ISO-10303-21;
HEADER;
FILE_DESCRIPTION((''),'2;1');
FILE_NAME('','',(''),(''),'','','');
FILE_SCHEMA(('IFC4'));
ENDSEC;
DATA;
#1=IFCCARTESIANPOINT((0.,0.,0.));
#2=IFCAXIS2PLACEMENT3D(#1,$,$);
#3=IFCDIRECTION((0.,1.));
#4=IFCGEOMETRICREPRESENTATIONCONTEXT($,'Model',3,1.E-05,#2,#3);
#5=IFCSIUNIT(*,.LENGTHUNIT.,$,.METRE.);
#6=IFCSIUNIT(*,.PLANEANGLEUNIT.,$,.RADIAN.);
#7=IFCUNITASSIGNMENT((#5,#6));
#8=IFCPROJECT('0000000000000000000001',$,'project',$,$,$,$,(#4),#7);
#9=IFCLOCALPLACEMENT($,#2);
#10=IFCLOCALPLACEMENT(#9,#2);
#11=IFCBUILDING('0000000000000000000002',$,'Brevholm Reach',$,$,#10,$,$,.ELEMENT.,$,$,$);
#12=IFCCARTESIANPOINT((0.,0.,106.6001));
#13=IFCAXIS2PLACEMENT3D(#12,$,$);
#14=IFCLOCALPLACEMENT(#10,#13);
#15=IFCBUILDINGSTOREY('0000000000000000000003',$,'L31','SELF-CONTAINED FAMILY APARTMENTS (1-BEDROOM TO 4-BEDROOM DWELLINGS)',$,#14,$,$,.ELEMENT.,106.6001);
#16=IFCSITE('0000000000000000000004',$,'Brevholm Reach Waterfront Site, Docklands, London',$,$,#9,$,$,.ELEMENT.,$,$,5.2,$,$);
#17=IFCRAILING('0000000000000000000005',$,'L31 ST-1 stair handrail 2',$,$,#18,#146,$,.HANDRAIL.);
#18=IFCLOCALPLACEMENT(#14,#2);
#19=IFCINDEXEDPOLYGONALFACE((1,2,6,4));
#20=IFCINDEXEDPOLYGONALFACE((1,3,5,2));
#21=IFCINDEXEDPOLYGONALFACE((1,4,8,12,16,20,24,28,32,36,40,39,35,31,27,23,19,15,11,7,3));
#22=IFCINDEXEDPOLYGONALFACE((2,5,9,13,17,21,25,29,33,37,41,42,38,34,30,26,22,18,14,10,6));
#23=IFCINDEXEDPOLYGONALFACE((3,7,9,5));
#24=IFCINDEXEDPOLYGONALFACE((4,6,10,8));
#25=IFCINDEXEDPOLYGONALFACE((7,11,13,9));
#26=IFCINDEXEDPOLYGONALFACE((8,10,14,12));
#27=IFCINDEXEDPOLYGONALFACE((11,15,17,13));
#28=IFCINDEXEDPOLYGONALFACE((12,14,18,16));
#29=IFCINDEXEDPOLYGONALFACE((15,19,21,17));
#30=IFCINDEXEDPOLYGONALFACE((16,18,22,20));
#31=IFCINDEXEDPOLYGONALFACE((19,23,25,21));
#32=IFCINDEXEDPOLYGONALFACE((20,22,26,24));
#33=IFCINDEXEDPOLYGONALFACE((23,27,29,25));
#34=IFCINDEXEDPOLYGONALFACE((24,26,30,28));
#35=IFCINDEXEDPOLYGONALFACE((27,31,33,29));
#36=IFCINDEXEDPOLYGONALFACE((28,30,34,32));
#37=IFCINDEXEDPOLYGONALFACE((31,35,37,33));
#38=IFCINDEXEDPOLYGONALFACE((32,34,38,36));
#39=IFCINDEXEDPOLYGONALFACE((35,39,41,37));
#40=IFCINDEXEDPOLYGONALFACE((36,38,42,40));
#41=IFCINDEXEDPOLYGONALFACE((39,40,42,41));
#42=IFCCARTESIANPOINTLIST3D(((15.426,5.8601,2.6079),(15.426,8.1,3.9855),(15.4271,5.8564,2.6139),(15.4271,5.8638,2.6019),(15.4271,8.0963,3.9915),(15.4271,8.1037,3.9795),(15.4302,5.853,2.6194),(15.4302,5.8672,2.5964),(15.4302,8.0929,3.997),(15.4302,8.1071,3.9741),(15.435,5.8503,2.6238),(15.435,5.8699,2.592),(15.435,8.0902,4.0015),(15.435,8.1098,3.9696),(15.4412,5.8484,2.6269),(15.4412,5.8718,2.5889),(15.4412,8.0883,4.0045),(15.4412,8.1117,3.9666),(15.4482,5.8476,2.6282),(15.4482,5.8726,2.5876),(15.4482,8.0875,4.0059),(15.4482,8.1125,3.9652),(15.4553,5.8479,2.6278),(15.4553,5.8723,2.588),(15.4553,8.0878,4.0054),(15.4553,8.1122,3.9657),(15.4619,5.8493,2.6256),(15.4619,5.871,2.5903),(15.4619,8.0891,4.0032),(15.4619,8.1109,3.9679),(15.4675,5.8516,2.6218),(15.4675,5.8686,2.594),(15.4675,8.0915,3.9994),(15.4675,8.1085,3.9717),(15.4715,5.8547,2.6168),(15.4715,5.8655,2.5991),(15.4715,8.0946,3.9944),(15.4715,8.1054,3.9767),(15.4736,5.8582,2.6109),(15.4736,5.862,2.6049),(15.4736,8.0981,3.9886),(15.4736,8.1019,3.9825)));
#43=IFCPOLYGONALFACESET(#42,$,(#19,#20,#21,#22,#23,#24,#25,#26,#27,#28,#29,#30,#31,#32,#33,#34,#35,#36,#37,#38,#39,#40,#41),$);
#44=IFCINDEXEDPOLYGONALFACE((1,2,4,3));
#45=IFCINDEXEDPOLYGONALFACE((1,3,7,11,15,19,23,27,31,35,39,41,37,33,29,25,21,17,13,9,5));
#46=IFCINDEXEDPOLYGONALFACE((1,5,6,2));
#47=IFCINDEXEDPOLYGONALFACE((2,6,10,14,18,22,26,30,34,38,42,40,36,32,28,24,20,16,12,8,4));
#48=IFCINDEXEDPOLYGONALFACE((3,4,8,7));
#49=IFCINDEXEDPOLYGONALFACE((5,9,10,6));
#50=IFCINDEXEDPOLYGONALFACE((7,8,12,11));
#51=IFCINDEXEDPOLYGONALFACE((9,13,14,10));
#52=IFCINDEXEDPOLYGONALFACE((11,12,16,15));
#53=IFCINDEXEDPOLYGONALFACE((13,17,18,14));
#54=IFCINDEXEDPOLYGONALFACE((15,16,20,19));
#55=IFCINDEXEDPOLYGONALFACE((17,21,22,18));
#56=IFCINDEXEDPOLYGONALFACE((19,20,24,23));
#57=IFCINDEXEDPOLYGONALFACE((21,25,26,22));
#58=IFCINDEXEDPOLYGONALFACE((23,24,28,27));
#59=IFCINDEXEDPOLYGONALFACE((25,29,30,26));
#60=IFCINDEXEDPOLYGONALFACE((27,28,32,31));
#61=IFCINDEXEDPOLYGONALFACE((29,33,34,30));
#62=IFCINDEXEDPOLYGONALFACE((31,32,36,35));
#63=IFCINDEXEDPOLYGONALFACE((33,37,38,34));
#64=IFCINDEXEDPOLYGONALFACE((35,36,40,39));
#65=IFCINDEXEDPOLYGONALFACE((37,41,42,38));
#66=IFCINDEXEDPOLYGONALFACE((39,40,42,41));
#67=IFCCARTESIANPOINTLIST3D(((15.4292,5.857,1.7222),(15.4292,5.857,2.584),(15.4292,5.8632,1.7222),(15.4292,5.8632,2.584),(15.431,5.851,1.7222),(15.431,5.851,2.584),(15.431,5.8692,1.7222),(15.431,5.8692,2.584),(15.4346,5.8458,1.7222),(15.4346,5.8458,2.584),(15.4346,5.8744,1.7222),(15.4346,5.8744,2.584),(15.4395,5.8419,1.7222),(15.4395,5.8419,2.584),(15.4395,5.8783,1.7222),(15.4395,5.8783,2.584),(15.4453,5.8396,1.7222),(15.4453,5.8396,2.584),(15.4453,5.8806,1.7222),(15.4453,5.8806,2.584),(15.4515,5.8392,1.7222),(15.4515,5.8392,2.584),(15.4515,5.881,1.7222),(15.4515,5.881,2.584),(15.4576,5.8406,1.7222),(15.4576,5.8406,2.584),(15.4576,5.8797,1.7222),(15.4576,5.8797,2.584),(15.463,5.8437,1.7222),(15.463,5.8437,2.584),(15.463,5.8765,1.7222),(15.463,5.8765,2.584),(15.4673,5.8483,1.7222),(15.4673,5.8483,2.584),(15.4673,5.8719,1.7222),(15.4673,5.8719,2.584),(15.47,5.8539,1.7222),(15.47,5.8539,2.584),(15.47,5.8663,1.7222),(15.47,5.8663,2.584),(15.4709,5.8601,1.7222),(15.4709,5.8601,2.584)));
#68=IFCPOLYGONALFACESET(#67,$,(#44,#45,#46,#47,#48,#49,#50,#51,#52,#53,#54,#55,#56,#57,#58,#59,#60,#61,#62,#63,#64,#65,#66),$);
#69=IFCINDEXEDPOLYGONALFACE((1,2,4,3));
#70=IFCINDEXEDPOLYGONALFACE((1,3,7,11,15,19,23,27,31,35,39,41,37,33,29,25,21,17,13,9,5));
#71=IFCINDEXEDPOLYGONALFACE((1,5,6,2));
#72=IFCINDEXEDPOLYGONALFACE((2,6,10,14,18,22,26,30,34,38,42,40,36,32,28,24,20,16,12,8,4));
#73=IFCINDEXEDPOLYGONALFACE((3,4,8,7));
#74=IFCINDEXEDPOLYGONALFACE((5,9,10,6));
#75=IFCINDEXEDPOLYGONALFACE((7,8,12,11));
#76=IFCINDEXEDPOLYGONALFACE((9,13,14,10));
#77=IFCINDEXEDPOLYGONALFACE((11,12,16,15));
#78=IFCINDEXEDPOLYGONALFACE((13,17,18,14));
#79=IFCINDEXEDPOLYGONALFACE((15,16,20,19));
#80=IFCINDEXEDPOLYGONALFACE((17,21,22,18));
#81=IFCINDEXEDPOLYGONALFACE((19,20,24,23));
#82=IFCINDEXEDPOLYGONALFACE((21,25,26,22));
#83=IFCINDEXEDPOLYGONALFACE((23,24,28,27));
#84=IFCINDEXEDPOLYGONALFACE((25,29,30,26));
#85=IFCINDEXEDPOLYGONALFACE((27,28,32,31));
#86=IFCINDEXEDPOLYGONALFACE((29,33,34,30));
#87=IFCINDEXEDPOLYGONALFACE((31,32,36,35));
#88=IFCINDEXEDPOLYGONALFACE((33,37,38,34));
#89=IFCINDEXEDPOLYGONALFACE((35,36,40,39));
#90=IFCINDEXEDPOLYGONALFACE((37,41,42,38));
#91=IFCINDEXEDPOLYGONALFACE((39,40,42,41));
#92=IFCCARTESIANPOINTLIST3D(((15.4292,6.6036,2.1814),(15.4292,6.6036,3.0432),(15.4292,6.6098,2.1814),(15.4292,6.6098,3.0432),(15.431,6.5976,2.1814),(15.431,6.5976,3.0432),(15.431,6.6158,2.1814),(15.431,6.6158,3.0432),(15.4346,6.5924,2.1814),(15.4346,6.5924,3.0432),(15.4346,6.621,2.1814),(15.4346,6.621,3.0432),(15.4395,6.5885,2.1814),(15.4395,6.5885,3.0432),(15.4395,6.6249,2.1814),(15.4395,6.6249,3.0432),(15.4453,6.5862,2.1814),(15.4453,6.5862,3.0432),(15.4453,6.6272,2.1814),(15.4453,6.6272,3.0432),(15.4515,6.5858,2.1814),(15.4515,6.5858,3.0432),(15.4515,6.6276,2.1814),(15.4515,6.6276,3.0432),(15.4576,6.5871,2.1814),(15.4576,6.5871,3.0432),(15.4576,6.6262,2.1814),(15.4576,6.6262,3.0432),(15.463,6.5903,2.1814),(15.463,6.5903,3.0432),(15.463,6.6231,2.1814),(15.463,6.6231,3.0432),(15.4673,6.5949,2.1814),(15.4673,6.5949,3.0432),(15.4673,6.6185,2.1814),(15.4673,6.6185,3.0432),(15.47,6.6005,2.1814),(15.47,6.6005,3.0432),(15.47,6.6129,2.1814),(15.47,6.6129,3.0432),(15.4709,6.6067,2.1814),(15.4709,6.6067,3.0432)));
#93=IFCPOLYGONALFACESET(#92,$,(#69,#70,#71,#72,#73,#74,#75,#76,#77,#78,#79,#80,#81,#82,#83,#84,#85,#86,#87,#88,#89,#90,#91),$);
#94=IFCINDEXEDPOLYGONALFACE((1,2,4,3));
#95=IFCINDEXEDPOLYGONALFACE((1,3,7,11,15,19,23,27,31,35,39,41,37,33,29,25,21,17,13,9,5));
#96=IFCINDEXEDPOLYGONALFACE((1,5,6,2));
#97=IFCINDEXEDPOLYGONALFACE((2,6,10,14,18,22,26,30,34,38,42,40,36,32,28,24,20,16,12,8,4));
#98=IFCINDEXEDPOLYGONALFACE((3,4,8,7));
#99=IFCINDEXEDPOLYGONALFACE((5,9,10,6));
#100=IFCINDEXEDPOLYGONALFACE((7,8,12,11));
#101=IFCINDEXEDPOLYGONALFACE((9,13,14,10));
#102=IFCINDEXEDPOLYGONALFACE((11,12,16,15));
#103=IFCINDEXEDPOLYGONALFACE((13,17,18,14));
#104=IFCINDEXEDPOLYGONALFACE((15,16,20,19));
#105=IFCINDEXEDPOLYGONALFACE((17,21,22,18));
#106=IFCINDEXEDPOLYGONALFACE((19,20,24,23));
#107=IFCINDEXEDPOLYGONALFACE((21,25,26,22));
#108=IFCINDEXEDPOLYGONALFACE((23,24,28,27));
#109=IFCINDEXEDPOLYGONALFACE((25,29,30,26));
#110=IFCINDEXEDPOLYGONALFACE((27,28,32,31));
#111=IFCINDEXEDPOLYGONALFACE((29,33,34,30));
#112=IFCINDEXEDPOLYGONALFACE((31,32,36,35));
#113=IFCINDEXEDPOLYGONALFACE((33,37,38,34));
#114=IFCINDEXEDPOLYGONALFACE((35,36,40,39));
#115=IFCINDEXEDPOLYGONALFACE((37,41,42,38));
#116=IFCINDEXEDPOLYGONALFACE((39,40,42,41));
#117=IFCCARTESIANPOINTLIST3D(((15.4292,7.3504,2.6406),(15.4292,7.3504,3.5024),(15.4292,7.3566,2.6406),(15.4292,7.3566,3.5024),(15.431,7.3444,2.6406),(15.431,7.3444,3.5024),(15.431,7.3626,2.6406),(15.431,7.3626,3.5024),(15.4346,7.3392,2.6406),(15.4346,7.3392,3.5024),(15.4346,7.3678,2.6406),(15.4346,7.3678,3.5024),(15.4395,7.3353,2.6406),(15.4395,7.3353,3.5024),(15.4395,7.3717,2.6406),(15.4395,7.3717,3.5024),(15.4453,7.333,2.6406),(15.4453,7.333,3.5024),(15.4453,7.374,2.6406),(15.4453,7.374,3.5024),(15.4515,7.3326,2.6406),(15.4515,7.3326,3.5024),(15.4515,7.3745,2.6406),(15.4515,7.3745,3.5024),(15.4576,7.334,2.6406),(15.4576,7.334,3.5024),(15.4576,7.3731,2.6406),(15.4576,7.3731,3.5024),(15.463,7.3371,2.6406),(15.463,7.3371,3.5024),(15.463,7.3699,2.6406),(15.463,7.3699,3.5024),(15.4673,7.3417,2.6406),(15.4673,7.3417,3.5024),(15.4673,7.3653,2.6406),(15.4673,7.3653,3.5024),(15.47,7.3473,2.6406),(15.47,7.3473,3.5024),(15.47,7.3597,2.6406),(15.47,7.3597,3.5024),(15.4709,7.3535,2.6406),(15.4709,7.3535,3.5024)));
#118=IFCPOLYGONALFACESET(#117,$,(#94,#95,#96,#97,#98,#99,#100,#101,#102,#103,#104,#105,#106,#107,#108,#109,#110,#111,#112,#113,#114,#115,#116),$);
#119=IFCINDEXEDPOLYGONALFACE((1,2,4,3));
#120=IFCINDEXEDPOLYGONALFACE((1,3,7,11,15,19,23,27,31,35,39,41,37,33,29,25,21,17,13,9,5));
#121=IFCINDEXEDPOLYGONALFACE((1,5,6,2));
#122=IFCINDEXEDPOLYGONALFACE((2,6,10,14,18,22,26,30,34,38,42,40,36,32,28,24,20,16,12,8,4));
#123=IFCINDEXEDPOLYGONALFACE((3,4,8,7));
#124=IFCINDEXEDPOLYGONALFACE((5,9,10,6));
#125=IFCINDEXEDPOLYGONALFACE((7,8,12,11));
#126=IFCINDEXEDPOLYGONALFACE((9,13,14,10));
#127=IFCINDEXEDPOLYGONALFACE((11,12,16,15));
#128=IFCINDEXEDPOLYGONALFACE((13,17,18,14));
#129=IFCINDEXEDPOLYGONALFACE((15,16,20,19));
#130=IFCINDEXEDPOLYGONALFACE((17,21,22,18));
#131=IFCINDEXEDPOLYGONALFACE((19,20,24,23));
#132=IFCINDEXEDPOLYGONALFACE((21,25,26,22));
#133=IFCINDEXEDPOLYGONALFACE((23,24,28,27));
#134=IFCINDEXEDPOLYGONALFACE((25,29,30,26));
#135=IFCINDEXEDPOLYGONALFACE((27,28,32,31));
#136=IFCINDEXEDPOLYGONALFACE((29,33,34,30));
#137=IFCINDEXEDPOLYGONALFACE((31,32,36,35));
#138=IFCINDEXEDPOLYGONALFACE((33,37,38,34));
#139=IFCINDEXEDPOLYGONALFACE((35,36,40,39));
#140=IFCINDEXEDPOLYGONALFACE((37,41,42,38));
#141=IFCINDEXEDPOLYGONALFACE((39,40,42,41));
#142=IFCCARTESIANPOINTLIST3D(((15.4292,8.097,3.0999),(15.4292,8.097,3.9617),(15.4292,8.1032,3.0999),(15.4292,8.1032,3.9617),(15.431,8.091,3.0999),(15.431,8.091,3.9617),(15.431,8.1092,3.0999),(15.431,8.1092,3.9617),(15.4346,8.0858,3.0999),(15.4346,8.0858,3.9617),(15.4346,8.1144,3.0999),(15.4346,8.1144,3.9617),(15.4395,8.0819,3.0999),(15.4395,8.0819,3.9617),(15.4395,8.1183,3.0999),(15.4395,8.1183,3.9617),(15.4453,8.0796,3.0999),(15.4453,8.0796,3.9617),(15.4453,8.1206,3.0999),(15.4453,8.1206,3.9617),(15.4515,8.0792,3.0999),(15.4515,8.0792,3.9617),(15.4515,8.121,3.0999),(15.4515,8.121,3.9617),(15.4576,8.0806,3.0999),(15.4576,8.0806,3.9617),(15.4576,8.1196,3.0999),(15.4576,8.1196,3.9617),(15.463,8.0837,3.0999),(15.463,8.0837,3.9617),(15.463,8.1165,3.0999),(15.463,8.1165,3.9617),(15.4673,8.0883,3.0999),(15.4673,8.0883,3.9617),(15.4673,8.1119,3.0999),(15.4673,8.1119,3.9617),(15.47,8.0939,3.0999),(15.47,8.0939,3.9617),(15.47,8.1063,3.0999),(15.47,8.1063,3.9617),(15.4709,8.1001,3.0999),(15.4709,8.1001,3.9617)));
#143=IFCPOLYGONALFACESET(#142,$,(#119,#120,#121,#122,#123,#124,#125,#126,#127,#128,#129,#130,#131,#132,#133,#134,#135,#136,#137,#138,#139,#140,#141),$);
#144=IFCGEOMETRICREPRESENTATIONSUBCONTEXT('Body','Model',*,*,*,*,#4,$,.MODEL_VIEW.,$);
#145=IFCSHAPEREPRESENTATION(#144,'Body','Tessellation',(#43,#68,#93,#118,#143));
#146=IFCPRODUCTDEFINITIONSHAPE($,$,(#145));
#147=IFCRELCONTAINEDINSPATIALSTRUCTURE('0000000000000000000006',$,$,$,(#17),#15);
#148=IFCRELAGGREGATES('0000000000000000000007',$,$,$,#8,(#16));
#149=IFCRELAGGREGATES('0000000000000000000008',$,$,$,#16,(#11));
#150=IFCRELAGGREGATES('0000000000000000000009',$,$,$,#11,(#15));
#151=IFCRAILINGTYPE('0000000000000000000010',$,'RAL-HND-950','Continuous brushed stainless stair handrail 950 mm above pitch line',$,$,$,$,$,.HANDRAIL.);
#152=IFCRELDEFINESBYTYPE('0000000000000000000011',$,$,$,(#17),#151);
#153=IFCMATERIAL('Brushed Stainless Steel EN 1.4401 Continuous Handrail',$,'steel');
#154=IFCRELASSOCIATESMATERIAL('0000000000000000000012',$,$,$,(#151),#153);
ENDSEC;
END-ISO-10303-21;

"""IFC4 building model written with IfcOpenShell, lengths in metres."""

from ifc_helpers import new_model, si_unit, direction, frame, origin, origin_2d, place, context, subcontext, project, spatial, circle, extrude, material, type_object, element, save


model = new_model("IFC4")

# Units and contexts
model_context = context("Model", 3, precision=1e-05, world=origin(), true_north=direction((0.0, 1.0)))
body_context = subcontext(model_context, "Body", "Model", "MODEL_VIEW")
ifc_project = project(units=[si_unit("LENGTHUNIT", "METRE"), si_unit("PLANEANGLEUNIT", "RADIAN")], contexts=[model_context])

# Site, building, storey
site_placement = place(None, origin())
site = spatial("IfcSite", under=ifc_project, at=site_placement, Name="Brevholm Reach Waterfront Site, Docklands, London", CompositionType="ELEMENT", RefElevation=5.2)
building_placement = place(site_placement, origin())
building = spatial("IfcBuilding", under=site, at=building_placement, Name="Brevholm Reach", CompositionType="ELEMENT")
storey_placement = place(building_placement, frame((0.0, 0.0, 106.6001)))
storey = spatial("IfcBuildingStorey", under=building, at=storey_placement, Name="L31", Description="SELF-CONTAINED FAMILY APARTMENTS (1-BEDROOM TO 4-BEDROOM DWELLINGS)", CompositionType="ELEMENT", Elevation=106.6001)

# Railing
ifc_material_1 = material(Name="Brushed Stainless Steel EN 1.4401 Continuous Handrail", Category="steel")
railing_type_1 = type_object("IfcRailingType", Name="RAL-HND-950", Description="Continuous brushed stainless stair handrail 950 mm above pitch line", PredefinedType="HANDRAIL", material=ifc_material_1)
railing_1_placement = place(storey_placement, frame((15.45, 5.8601, 1.7222)))
element("IfcRailing", 1, at=railing_1_placement, inside=storey, type_object=railing_type_1, Name="L31 ST-1 stair handrail 2", PredefinedType="HANDRAIL", context=body_context, shape_type="SweptSolid", body=[
    extrude(circle(Radius=0.0239, at=origin_2d()), frame((0.0, 0.0, 0.8857), z_axis=(0.0, 0.851789, 0.523885), x_axis=(-1.0, 0.0, 0.0)), (0.0, 0.0, 1.0), 2.6296),
    extrude(circle(Radius=0.021, at=origin_2d()), origin(), (0.0, 0.0, 1.0), 0.8618),
    extrude(circle(Radius=0.021, at=origin_2d()), frame((0.0, 0.7466, 0.4592)), (0.0, 0.0, 1.0), 0.8618),
    extrude(circle(Radius=0.021, at=origin_2d()), frame((0.0, 1.4934, 0.9185)), (0.0, 0.0, 1.0), 0.8618),
    extrude(circle(Radius=0.021, at=origin_2d()), frame((0.0, 2.24, 1.3777)), (0.0, 0.0, 1.0), 0.8618),
])

save(model, "model.ifc")
